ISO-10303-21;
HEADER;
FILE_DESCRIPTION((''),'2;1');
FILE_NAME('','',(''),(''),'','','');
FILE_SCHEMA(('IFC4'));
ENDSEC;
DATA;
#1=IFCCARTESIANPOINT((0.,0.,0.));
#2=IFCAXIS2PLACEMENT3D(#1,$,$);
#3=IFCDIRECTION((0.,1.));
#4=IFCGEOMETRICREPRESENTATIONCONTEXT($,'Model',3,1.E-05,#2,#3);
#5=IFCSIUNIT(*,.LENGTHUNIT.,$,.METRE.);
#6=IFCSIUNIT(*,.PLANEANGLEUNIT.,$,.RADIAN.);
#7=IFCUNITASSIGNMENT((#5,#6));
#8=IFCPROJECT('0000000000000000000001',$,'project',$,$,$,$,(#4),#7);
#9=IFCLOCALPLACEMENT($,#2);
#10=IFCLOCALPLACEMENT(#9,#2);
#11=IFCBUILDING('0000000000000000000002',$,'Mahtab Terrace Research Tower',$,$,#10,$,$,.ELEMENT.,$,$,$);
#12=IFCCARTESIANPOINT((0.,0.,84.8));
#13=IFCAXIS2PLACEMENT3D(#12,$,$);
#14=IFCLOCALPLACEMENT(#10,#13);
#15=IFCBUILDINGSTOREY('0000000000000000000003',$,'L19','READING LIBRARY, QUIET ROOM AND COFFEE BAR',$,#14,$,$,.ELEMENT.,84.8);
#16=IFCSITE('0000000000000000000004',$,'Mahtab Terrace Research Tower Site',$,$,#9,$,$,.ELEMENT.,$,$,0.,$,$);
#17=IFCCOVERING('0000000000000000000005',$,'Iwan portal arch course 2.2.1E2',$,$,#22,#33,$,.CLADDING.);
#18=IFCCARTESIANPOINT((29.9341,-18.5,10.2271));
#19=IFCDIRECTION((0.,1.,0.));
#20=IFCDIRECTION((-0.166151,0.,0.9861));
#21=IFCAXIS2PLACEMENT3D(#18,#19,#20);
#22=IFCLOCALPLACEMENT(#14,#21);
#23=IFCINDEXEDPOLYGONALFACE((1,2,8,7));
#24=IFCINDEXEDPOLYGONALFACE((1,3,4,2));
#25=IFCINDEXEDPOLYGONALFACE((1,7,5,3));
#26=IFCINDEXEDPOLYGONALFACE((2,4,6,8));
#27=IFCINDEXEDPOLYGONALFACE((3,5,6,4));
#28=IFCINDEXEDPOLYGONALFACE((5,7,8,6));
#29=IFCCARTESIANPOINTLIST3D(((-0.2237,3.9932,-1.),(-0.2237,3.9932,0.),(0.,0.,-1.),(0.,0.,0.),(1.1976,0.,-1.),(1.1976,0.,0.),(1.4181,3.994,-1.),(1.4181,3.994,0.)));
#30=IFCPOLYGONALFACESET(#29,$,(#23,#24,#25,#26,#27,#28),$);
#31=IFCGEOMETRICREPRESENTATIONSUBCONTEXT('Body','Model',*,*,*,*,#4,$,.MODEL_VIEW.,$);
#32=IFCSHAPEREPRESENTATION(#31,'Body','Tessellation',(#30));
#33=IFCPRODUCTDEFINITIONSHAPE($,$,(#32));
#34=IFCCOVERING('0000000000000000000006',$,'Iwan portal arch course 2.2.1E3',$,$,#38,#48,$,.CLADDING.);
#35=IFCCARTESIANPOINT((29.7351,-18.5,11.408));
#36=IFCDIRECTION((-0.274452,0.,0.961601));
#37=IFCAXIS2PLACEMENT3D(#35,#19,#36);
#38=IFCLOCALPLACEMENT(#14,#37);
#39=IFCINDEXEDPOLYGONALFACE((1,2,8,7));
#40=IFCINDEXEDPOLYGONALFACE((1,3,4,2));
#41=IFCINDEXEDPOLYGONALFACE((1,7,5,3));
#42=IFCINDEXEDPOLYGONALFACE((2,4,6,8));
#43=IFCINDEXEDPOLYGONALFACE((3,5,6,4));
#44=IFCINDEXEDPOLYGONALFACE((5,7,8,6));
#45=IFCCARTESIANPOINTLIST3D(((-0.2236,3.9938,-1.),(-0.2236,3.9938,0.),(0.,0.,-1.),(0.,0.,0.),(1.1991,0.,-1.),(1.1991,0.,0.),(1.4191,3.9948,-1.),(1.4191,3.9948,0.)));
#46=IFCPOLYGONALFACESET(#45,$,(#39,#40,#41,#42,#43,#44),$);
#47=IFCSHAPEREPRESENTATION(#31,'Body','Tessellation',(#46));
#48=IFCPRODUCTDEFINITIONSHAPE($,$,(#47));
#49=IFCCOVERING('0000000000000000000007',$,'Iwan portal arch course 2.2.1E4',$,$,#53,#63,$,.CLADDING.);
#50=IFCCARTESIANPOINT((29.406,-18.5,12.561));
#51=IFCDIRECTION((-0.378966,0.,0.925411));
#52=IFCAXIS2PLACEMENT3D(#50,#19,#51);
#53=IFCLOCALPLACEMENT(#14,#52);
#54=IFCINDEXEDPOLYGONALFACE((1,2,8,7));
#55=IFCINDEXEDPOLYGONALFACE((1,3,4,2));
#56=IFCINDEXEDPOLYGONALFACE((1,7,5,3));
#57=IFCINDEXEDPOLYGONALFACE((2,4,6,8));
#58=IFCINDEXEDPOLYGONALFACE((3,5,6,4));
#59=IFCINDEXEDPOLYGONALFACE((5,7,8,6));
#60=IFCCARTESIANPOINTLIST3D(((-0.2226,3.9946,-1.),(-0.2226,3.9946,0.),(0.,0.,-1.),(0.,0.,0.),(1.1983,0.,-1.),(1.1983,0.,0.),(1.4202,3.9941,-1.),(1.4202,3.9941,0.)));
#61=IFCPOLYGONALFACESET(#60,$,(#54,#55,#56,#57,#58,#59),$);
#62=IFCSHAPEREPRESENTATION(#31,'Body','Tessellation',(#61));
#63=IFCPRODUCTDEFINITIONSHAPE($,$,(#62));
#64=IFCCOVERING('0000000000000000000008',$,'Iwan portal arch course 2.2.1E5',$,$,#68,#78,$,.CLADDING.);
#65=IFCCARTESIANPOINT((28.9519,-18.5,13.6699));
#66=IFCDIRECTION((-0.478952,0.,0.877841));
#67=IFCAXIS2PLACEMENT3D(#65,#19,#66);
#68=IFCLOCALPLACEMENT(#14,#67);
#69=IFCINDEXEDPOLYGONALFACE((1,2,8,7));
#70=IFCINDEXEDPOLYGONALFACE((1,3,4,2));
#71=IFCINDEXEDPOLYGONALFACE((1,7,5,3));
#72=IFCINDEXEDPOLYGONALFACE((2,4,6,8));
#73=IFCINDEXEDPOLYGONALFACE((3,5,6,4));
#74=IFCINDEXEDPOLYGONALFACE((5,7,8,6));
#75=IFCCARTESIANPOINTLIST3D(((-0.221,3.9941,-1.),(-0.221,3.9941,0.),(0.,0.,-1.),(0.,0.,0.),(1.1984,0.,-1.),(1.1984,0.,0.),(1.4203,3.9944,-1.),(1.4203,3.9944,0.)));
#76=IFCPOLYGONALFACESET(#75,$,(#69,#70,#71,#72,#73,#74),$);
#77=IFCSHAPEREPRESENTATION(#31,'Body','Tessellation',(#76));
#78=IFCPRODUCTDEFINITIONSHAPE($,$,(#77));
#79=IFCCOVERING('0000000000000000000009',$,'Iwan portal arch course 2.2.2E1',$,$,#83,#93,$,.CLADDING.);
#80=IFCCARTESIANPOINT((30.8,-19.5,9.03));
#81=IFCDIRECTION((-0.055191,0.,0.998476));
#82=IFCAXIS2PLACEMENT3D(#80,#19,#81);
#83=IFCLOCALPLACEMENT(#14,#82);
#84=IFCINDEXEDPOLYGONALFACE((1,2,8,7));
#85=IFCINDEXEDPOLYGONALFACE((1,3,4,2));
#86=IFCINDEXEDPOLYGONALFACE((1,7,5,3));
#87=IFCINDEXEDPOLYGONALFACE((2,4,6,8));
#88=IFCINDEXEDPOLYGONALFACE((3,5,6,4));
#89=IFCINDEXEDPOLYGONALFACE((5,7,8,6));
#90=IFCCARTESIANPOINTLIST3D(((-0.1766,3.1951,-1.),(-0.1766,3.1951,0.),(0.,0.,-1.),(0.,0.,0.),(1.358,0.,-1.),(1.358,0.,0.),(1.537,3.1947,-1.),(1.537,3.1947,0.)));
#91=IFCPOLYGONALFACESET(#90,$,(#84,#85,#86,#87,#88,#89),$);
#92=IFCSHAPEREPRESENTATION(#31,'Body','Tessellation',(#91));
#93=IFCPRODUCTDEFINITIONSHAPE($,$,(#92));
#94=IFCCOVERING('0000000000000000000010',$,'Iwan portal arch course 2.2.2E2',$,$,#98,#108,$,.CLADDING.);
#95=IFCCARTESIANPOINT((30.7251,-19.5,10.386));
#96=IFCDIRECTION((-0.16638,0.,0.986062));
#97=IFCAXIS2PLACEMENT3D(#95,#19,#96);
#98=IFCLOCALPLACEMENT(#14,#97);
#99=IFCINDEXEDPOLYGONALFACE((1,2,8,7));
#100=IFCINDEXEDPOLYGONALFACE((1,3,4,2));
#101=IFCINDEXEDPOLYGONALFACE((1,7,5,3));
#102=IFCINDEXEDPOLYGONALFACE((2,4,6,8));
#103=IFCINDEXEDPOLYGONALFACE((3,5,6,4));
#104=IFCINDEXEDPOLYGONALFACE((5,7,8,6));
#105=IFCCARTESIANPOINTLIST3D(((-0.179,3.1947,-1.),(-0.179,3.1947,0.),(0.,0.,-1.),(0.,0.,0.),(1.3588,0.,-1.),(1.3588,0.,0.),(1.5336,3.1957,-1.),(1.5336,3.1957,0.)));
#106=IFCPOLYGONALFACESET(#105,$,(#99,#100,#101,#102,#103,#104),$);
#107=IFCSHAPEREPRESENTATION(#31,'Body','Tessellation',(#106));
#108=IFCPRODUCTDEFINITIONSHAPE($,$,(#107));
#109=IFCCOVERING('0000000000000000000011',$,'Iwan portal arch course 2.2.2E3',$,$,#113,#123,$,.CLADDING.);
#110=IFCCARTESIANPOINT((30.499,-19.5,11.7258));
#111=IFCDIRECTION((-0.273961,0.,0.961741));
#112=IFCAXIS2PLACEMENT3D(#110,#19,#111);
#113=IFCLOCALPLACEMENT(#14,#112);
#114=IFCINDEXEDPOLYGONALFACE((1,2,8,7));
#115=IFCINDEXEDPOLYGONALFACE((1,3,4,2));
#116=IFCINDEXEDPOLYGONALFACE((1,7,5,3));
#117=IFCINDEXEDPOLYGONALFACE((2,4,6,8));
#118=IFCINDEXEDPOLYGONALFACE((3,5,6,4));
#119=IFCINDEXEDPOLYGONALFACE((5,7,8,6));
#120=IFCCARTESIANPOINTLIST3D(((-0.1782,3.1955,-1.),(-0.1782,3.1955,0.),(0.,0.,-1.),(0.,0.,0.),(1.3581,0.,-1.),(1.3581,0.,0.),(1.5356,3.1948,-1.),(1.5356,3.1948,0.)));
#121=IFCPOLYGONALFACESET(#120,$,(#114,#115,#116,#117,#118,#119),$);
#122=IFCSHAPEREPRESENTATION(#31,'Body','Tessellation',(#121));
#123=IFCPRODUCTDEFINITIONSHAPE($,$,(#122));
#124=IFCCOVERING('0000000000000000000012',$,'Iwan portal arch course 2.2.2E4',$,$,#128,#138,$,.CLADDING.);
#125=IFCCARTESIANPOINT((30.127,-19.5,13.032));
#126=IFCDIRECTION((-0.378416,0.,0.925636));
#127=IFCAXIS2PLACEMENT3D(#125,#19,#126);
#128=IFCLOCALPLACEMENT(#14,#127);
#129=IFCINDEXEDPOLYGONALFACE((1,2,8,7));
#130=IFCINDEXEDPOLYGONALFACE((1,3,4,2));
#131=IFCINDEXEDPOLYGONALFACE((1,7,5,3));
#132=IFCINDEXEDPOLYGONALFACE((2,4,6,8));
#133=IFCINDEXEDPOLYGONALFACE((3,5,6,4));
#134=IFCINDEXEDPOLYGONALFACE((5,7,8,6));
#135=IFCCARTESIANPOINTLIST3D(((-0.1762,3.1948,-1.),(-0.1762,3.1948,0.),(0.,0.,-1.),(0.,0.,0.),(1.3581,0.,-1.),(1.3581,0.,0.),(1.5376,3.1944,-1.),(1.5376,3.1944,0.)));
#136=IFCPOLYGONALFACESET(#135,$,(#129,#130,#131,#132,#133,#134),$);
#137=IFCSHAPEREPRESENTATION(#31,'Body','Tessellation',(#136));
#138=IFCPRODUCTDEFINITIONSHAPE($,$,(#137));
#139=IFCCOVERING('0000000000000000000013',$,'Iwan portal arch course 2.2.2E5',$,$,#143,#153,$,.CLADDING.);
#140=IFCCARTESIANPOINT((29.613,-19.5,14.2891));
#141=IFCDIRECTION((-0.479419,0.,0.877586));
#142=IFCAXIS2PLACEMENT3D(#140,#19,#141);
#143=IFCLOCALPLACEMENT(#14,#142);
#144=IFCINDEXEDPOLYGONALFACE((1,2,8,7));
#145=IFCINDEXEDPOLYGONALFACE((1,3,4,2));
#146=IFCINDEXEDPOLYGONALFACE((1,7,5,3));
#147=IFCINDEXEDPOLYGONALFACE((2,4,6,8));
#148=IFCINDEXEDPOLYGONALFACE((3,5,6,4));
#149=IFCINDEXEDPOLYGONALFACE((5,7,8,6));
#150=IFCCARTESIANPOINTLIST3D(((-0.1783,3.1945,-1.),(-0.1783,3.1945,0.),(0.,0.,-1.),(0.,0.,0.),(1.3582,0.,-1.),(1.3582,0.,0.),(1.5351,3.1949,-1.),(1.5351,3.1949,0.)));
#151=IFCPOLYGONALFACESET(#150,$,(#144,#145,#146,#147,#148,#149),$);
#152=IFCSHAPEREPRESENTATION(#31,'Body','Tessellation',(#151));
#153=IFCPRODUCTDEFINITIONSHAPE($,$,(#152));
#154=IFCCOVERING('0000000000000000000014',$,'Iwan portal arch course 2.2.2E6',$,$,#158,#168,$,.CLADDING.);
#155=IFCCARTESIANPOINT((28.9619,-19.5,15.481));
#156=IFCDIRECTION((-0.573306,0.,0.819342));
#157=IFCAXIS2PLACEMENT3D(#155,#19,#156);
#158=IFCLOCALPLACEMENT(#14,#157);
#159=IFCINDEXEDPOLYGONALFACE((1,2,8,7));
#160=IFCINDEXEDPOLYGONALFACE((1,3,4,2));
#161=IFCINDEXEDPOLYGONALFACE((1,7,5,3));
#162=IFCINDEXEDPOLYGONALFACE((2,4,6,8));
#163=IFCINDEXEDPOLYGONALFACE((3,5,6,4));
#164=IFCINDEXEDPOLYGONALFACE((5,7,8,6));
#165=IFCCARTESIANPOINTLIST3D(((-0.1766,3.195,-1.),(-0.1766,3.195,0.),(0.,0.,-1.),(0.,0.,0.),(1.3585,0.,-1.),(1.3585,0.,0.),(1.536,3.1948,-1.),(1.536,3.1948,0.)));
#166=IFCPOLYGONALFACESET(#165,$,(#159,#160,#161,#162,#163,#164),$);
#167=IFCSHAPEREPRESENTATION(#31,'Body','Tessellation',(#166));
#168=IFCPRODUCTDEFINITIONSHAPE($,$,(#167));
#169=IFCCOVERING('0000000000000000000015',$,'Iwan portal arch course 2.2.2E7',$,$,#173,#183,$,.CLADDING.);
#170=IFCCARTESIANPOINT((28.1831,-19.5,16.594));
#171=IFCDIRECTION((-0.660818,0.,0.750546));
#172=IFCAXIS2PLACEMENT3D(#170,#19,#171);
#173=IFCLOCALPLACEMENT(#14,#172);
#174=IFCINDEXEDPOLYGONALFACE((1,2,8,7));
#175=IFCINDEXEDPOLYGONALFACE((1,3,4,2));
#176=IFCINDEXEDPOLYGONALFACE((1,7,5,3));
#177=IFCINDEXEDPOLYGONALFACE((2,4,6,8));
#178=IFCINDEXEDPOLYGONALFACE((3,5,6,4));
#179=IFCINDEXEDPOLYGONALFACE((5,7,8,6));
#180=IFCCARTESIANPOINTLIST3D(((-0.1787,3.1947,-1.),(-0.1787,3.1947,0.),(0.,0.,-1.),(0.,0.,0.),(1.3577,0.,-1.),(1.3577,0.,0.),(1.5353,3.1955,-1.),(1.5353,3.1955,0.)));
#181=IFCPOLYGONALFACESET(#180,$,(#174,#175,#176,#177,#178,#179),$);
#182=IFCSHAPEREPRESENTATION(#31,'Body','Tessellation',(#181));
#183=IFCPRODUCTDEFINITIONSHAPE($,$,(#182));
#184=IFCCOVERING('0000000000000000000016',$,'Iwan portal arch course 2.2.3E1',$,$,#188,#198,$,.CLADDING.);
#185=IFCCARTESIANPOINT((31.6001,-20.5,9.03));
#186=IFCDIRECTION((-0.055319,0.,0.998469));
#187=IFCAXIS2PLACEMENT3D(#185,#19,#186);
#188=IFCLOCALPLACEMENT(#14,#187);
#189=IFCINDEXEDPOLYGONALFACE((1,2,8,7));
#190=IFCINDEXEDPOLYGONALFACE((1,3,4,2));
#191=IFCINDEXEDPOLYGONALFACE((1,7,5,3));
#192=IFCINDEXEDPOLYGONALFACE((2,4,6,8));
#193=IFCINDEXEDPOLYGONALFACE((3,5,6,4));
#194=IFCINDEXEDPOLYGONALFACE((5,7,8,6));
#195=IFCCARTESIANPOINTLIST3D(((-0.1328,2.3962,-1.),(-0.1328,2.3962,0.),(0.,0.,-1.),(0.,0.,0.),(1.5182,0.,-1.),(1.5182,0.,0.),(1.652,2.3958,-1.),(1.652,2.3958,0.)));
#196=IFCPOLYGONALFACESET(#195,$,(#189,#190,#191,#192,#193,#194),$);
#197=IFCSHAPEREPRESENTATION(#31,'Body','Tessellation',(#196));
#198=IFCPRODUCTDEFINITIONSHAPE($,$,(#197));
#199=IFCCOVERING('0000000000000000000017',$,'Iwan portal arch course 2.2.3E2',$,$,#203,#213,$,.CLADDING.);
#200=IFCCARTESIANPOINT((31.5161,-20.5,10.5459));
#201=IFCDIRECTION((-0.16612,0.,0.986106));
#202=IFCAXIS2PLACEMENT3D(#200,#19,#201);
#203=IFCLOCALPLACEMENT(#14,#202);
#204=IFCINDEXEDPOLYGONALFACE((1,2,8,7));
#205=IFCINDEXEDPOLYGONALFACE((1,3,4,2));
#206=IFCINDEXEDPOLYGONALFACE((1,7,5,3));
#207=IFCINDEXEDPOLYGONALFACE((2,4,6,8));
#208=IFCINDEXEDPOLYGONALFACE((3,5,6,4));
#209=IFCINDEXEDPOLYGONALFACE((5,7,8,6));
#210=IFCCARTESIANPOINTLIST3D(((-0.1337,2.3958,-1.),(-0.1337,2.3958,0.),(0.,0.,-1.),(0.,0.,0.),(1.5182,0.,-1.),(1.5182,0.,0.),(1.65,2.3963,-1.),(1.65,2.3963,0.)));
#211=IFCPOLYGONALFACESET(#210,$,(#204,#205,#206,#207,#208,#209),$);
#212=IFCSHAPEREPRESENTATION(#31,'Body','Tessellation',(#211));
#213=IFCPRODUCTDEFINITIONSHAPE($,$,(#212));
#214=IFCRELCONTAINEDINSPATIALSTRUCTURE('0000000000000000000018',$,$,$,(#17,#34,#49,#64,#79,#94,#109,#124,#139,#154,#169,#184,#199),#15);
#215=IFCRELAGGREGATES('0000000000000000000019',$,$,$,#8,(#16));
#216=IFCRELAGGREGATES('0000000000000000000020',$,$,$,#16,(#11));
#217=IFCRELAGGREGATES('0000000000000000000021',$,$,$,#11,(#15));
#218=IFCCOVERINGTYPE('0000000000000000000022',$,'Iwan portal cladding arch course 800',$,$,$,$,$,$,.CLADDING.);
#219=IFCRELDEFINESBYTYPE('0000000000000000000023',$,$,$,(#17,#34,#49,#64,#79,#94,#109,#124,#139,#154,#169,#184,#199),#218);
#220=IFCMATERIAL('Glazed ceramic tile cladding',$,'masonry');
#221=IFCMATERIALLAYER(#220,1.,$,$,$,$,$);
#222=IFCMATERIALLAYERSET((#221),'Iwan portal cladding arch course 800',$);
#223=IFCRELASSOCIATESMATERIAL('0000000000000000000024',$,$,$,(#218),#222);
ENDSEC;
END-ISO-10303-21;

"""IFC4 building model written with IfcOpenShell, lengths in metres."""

from ifc_helpers import new_model, si_unit, direction, frame, origin, place, context, subcontext, project, spatial, polyline, outline, extrude, material, layer, layer_set, type_object, element, save


model = new_model("IFC4")

# Units and contexts
model_context = context("Model", 3, precision=1e-05, world=origin(), true_north=direction((0.0, 1.0)))
body_context = subcontext(model_context, "Body", "Model", "MODEL_VIEW")
ifc_project = project(units=[si_unit("LENGTHUNIT", "METRE"), si_unit("PLANEANGLEUNIT", "RADIAN")], contexts=[model_context])

# Site, building, storey
site_placement = place(None, origin())
site = spatial("IfcSite", under=ifc_project, at=site_placement, Name="Mahtab Terrace Research Tower Site", CompositionType="ELEMENT", RefElevation=0.0)
building_placement = place(site_placement, origin())
building = spatial("IfcBuilding", under=site, at=building_placement, Name="Mahtab Terrace Research Tower", CompositionType="ELEMENT")
storey_placement = place(building_placement, frame((0.0, 0.0, 84.8)))
storey = spatial("IfcBuildingStorey", under=building, at=storey_placement, Name="L19", Description="READING LIBRARY, QUIET ROOM AND COFFEE BAR", CompositionType="ELEMENT", Elevation=84.8)

# Coverings
ifc_material = material(Name="Glazed ceramic tile cladding", Category="masonry")
ifc_layer = layer(ifc_material, 1.0)
ifc_layer_set = layer_set([ifc_layer], Name="Iwan portal cladding arch course 800")
covering_type = type_object("IfcCoveringType", Name="Iwan portal cladding arch course 800", PredefinedType="CLADDING", material=ifc_layer_set)
covering_1_placement = place(storey_placement, frame((29.9341, -18.5, 10.2271), z_axis=(0.0, 1.0, 0.0), x_axis=(-0.166151, 0.0, 0.9861)))
element("IfcCovering", 1, at=covering_1_placement, inside=storey, type_object=covering_type, Name="Iwan portal arch course 2.2.1E2", PredefinedType="CLADDING", context=body_context, shape_type="SweptSolid", body=[
    extrude(outline(polyline([(0.0, 0.0), (1.1976, 0.0), (1.4181, 3.994), (-0.2237, 3.9932), (0.0, 0.0)])), origin(), (0.0, 0.0, -1.0), 1.0),
])
covering_2_placement = place(storey_placement, frame((29.7351, -18.5, 11.408), z_axis=(0.0, 1.0, 0.0), x_axis=(-0.274452, 0.0, 0.961601)))
element("IfcCovering", 2, at=covering_2_placement, inside=storey, type_object=covering_type, Name="Iwan portal arch course 2.2.1E3", PredefinedType="CLADDING", context=body_context, shape_type="SweptSolid", body=[
    extrude(outline(polyline([(0.0, 0.0), (1.1991, 0.0), (1.4191, 3.9948), (-0.2236, 3.9938), (0.0, 0.0)])), origin(), (0.0, 0.0, -1.0), 1.0),
])
covering_3_placement = place(storey_placement, frame((29.406, -18.5, 12.561), z_axis=(0.0, 1.0, 0.0), x_axis=(-0.378966, 0.0, 0.925411)))
element("IfcCovering", 3, at=covering_3_placement, inside=storey, type_object=covering_type, Name="Iwan portal arch course 2.2.1E4", PredefinedType="CLADDING", context=body_context, shape_type="SweptSolid", body=[
    extrude(outline(polyline([(0.0, 0.0), (1.1983, 0.0), (1.4202, 3.9941), (-0.2226, 3.9946), (0.0, 0.0)])), origin(), (0.0, 0.0, -1.0), 1.0),
])
covering_4_placement = place(storey_placement, frame((28.9519, -18.5, 13.6699), z_axis=(0.0, 1.0, 0.0), x_axis=(-0.478952, 0.0, 0.877841)))
element("IfcCovering", 4, at=covering_4_placement, inside=storey, type_object=covering_type, Name="Iwan portal arch course 2.2.1E5", PredefinedType="CLADDING", context=body_context, shape_type="SweptSolid", body=[
    extrude(outline(polyline([(0.0, 0.0), (1.1984, 0.0), (1.4203, 3.9944), (-0.221, 3.9941), (0.0, 0.0)])), origin(), (0.0, 0.0, -1.0), 1.0),
])
covering_5_placement = place(storey_placement, frame((30.8, -19.5, 9.03), z_axis=(0.0, 1.0, 0.0), x_axis=(-0.055191, 0.0, 0.998476)))
element("IfcCovering", 5, at=covering_5_placement, inside=storey, type_object=covering_type, Name="Iwan portal arch course 2.2.2E1", PredefinedType="CLADDING", context=body_context, shape_type="SweptSolid", body=[
    extrude(outline(polyline([(0.0, 0.0), (1.358, 0.0), (1.537, 3.1947), (-0.1766, 3.1951), (0.0, 0.0)])), origin(), (0.0, 0.0, -1.0), 1.0),
])
covering_6_placement = place(storey_placement, frame((30.7251, -19.5, 10.386), z_axis=(0.0, 1.0, 0.0), x_axis=(-0.16638, 0.0, 0.986062)))
element("IfcCovering", 6, at=covering_6_placement, inside=storey, type_object=covering_type, Name="Iwan portal arch course 2.2.2E2", PredefinedType="CLADDING", context=body_context, shape_type="SweptSolid", body=[
    extrude(outline(polyline([(0.0, 0.0), (1.3588, 0.0), (1.5336, 3.1957), (-0.179, 3.1947), (0.0, 0.0)])), origin(), (0.0, 0.0, -1.0), 1.0),
])
covering_7_placement = place(storey_placement, frame((30.499, -19.5, 11.7258), z_axis=(0.0, 1.0, 0.0), x_axis=(-0.273961, 0.0, 0.961741)))
element("IfcCovering", 7, at=covering_7_placement, inside=storey, type_object=covering_type, Name="Iwan portal arch course 2.2.2E3", PredefinedType="CLADDING", context=body_context, shape_type="SweptSolid", body=[
    extrude(outline(polyline([(0.0, 0.0), (1.3581, 0.0), (1.5356, 3.1948), (-0.1782, 3.1955), (0.0, 0.0)])), origin(), (0.0, 0.0, -1.0), 1.0),
])
covering_8_placement = place(storey_placement, frame((30.127, -19.5, 13.032), z_axis=(0.0, 1.0, 0.0), x_axis=(-0.378416, 0.0, 0.925636)))
element("IfcCovering", 8, at=covering_8_placement, inside=storey, type_object=covering_type, Name="Iwan portal arch course 2.2.2E4", PredefinedType="CLADDING", context=body_context, shape_type="SweptSolid", body=[
    extrude(outline(polyline([(0.0, 0.0), (1.3581, 0.0), (1.5376, 3.1944), (-0.1762, 3.1948), (0.0, 0.0)])), origin(), (0.0, 0.0, -1.0), 1.0),
])
covering_9_placement = place(storey_placement, frame((29.613, -19.5, 14.2891), z_axis=(0.0, 1.0, 0.0), x_axis=(-0.479419, 0.0, 0.877586)))
element("IfcCovering", 9, at=covering_9_placement, inside=storey, type_object=covering_type, Name="Iwan portal arch course 2.2.2E5", PredefinedType="CLADDING", context=body_context, shape_type="SweptSolid", body=[
    extrude(outline(polyline([(0.0, 0.0), (1.3582, 0.0), (1.5351, 3.1949), (-0.1783, 3.1945), (0.0, 0.0)])), origin(), (0.0, 0.0, -1.0), 1.0),
])
covering_10_placement = place(storey_placement, frame((28.9619, -19.5, 15.481), z_axis=(0.0, 1.0, 0.0), x_axis=(-0.573306, 0.0, 0.819342)))
element("IfcCovering", 10, at=covering_10_placement, inside=storey, type_object=covering_type, Name="Iwan portal arch course 2.2.2E6", PredefinedType="CLADDING", context=body_context, shape_type="SweptSolid", body=[
    extrude(outline(polyline([(0.0, 0.0), (1.3585, 0.0), (1.536, 3.1948), (-0.1766, 3.195), (0.0, 0.0)])), origin(), (0.0, 0.0, -1.0), 1.0),
])
covering_11_placement = place(storey_placement, frame((28.1831, -19.5, 16.594), z_axis=(0.0, 1.0, 0.0), x_axis=(-0.660818, 0.0, 0.750546)))
element("IfcCovering", 11, at=covering_11_placement, inside=storey, type_object=covering_type, Name="Iwan portal arch course 2.2.2E7", PredefinedType="CLADDING", context=body_context, shape_type="SweptSolid", body=[
    extrude(outline(polyline([(0.0, 0.0), (1.3577, 0.0), (1.5353, 3.1955), (-0.1787, 3.1947), (0.0, 0.0)])), origin(), (0.0, 0.0, -1.0), 1.0),
])
covering_12_placement = place(storey_placement, frame((31.6001, -20.5, 9.03), z_axis=(0.0, 1.0, 0.0), x_axis=(-0.055319, 0.0, 0.998469)))
element("IfcCovering", 12, at=covering_12_placement, inside=storey, type_object=covering_type, Name="Iwan portal arch course 2.2.3E1", PredefinedType="CLADDING", context=body_context, shape_type="SweptSolid", body=[
    extrude(outline(polyline([(0.0, 0.0), (1.5182, 0.0), (1.652, 2.3958), (-0.1328, 2.3962), (0.0, 0.0)])), origin(), (0.0, 0.0, -1.0), 1.0),
])
covering_13_placement = place(storey_placement, frame((31.5161, -20.5, 10.5459), z_axis=(0.0, 1.0, 0.0), x_axis=(-0.16612, 0.0, 0.986106)))
element("IfcCovering", 13, at=covering_13_placement, inside=storey, type_object=covering_type, Name="Iwan portal arch course 2.2.3E2", PredefinedType="CLADDING", context=body_context, shape_type="SweptSolid", body=[
    extrude(outline(polyline([(0.0, 0.0), (1.5182, 0.0), (1.65, 2.3963), (-0.1337, 2.3958), (0.0, 0.0)])), origin(), (0.0, 0.0, -1.0), 1.0),
])

save(model, "model.ifc")
